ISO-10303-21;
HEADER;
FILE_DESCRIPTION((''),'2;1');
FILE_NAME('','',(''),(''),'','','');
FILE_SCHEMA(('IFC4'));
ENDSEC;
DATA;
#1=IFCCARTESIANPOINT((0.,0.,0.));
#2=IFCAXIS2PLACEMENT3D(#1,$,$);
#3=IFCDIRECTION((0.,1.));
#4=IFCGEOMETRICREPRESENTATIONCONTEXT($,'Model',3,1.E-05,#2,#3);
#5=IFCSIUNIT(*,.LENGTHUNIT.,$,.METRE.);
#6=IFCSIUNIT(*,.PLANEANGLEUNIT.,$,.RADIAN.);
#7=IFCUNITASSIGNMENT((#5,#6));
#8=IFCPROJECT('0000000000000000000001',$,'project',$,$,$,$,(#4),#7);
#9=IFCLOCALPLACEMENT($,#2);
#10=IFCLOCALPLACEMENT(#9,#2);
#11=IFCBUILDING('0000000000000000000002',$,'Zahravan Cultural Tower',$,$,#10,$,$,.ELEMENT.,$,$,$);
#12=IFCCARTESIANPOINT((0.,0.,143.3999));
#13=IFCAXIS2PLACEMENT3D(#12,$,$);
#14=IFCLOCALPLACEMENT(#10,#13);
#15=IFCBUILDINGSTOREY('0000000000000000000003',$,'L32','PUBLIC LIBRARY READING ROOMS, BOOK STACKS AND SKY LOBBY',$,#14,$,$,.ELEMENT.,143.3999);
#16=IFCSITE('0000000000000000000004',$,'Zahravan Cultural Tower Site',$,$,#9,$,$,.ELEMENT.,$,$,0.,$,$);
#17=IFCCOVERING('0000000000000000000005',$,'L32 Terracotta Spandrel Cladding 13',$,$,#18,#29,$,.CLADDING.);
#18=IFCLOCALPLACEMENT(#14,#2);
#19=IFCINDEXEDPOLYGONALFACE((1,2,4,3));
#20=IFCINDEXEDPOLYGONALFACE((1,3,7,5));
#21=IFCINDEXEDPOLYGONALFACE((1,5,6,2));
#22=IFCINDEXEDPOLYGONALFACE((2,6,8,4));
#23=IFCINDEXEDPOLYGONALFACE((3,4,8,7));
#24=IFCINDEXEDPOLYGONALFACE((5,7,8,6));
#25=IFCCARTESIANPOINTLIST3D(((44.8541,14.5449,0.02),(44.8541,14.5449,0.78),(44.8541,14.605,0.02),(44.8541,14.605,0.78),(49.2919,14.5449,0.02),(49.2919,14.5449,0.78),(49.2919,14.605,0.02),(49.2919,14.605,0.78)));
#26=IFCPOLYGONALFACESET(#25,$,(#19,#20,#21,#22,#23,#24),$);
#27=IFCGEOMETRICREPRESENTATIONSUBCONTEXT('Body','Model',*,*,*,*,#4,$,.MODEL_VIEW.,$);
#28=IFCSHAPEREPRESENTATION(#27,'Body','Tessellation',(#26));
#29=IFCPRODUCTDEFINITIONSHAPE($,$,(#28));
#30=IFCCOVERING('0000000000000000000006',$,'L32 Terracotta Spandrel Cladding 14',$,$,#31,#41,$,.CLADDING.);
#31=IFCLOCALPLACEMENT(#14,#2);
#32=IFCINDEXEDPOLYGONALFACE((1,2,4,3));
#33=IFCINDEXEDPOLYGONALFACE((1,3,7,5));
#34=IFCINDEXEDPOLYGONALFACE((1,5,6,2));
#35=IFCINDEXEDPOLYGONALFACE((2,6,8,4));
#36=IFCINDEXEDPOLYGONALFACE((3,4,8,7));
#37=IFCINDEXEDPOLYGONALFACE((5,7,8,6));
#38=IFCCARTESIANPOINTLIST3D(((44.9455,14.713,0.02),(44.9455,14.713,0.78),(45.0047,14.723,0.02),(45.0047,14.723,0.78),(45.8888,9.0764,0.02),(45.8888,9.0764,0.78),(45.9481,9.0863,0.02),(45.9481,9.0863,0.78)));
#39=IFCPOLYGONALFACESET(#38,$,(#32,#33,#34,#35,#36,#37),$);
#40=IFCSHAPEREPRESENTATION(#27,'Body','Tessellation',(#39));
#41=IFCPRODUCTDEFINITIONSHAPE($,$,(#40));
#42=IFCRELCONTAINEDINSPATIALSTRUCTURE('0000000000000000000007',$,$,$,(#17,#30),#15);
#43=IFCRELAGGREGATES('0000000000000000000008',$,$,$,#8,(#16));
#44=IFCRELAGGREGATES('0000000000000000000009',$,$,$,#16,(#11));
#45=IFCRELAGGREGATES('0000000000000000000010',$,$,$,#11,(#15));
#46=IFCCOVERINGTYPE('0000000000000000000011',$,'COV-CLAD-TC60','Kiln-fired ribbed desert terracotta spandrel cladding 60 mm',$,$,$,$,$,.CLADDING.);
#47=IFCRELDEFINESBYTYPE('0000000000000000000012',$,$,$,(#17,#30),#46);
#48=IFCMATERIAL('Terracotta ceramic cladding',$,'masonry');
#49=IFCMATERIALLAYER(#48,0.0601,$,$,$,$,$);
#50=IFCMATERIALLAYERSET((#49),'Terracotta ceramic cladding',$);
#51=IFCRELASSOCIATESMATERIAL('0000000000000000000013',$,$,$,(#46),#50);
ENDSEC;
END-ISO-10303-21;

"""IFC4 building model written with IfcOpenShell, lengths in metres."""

from ifc_helpers import new_model, si_unit, direction, frame, origin, origin_2d, place, context, subcontext, project, spatial, rectangle, extrude, source, transform, mapped, material, layer, layer_set, type_object, element, save


model = new_model("IFC4")

# Units and contexts
model_context = context("Model", 3, precision=1e-05, world=origin(), true_north=direction((0.0, 1.0)))
body_context = subcontext(model_context, "Body", "Model", "MODEL_VIEW")
ifc_project = project(units=[si_unit("LENGTHUNIT", "METRE"), si_unit("PLANEANGLEUNIT", "RADIAN")], contexts=[model_context])

# Site, building, storey
site_placement = place(None, origin())
site = spatial("IfcSite", under=ifc_project, at=site_placement, Name="Zahravan Cultural Tower Site", CompositionType="ELEMENT", RefElevation=0.0)
building_placement = place(site_placement, origin())
building = spatial("IfcBuilding", under=site, at=building_placement, Name="Zahravan Cultural Tower", CompositionType="ELEMENT")
storey_placement = place(building_placement, frame((0.0, 0.0, 143.3999)))
storey = spatial("IfcBuildingStorey", under=building, at=storey_placement, Name="L32", Description="PUBLIC LIBRARY READING ROOMS, BOOK STACKS AND SKY LOBBY", CompositionType="ELEMENT", Elevation=143.3999)

# Coverings
ifc_material_1 = material(Name="Terracotta ceramic cladding", Category="masonry")
ifc_layer_1 = layer(ifc_material_1, 0.0601)
ifc_layer_set_1 = layer_set([ifc_layer_1], Name="Terracotta ceramic cladding")
covering_type = type_object("IfcCoveringType", Name="COV-CLAD-TC60", Description="Kiln-fired ribbed desert terracotta spandrel cladding 60 mm", PredefinedType="CLADDING", material=ifc_layer_set_1)
shared_shape_1 = source(origin(), body_context, "Body", "SweptSolid", [
    extrude(rectangle(XDim=4.4377, YDim=0.0601, at=origin_2d()), origin(), (0.0, 0.0, 1.0), 0.76),
])
covering_1_placement = place(storey_placement, frame((47.073, 14.575, 0.02), z_axis=(0.0, 0.0, 1.0), x_axis=(-1.0, 0.0, 0.0)))
element("IfcCovering", 1, at=covering_1_placement, inside=storey, type_object=covering_type, Name="L32 Terracotta Spandrel Cladding 13", PredefinedType="CLADDING", context=body_context, shape_type="MappedRepresentation", body=[
    mapped(shared_shape_1, transform((0.0, 0.0, 0.0), x_axis=(1.0, 0.0, 0.0), y_axis=(0.0, 1.0, 0.0), z_axis=(0.0, 0.0, 1.0), scale=1.0)),
])
shared_shape_2 = source(origin(), body_context, "Body", "SweptSolid", [
    extrude(rectangle(XDim=5.7151, YDim=0.0601, at=origin_2d()), origin(), (0.0, 0.0, 1.0), 0.76),
])
covering_2_placement = place(storey_placement, frame((45.4468, 11.8997, 0.02), z_axis=(0.0, 0.0, 1.0), x_axis=(0.165065, -0.986283, 0.0)))
element("IfcCovering", 2, at=covering_2_placement, inside=storey, type_object=covering_type, Name="L32 Terracotta Spandrel Cladding 14", PredefinedType="CLADDING", context=body_context, shape_type="MappedRepresentation", body=[
    mapped(shared_shape_2, transform((0.0, 0.0, 0.0), x_axis=(1.0, 0.0, 0.0), y_axis=(0.0, 1.0, 0.0), z_axis=(0.0, 0.0, 1.0), scale=1.0)),
])

save(model, "model.ifc")
